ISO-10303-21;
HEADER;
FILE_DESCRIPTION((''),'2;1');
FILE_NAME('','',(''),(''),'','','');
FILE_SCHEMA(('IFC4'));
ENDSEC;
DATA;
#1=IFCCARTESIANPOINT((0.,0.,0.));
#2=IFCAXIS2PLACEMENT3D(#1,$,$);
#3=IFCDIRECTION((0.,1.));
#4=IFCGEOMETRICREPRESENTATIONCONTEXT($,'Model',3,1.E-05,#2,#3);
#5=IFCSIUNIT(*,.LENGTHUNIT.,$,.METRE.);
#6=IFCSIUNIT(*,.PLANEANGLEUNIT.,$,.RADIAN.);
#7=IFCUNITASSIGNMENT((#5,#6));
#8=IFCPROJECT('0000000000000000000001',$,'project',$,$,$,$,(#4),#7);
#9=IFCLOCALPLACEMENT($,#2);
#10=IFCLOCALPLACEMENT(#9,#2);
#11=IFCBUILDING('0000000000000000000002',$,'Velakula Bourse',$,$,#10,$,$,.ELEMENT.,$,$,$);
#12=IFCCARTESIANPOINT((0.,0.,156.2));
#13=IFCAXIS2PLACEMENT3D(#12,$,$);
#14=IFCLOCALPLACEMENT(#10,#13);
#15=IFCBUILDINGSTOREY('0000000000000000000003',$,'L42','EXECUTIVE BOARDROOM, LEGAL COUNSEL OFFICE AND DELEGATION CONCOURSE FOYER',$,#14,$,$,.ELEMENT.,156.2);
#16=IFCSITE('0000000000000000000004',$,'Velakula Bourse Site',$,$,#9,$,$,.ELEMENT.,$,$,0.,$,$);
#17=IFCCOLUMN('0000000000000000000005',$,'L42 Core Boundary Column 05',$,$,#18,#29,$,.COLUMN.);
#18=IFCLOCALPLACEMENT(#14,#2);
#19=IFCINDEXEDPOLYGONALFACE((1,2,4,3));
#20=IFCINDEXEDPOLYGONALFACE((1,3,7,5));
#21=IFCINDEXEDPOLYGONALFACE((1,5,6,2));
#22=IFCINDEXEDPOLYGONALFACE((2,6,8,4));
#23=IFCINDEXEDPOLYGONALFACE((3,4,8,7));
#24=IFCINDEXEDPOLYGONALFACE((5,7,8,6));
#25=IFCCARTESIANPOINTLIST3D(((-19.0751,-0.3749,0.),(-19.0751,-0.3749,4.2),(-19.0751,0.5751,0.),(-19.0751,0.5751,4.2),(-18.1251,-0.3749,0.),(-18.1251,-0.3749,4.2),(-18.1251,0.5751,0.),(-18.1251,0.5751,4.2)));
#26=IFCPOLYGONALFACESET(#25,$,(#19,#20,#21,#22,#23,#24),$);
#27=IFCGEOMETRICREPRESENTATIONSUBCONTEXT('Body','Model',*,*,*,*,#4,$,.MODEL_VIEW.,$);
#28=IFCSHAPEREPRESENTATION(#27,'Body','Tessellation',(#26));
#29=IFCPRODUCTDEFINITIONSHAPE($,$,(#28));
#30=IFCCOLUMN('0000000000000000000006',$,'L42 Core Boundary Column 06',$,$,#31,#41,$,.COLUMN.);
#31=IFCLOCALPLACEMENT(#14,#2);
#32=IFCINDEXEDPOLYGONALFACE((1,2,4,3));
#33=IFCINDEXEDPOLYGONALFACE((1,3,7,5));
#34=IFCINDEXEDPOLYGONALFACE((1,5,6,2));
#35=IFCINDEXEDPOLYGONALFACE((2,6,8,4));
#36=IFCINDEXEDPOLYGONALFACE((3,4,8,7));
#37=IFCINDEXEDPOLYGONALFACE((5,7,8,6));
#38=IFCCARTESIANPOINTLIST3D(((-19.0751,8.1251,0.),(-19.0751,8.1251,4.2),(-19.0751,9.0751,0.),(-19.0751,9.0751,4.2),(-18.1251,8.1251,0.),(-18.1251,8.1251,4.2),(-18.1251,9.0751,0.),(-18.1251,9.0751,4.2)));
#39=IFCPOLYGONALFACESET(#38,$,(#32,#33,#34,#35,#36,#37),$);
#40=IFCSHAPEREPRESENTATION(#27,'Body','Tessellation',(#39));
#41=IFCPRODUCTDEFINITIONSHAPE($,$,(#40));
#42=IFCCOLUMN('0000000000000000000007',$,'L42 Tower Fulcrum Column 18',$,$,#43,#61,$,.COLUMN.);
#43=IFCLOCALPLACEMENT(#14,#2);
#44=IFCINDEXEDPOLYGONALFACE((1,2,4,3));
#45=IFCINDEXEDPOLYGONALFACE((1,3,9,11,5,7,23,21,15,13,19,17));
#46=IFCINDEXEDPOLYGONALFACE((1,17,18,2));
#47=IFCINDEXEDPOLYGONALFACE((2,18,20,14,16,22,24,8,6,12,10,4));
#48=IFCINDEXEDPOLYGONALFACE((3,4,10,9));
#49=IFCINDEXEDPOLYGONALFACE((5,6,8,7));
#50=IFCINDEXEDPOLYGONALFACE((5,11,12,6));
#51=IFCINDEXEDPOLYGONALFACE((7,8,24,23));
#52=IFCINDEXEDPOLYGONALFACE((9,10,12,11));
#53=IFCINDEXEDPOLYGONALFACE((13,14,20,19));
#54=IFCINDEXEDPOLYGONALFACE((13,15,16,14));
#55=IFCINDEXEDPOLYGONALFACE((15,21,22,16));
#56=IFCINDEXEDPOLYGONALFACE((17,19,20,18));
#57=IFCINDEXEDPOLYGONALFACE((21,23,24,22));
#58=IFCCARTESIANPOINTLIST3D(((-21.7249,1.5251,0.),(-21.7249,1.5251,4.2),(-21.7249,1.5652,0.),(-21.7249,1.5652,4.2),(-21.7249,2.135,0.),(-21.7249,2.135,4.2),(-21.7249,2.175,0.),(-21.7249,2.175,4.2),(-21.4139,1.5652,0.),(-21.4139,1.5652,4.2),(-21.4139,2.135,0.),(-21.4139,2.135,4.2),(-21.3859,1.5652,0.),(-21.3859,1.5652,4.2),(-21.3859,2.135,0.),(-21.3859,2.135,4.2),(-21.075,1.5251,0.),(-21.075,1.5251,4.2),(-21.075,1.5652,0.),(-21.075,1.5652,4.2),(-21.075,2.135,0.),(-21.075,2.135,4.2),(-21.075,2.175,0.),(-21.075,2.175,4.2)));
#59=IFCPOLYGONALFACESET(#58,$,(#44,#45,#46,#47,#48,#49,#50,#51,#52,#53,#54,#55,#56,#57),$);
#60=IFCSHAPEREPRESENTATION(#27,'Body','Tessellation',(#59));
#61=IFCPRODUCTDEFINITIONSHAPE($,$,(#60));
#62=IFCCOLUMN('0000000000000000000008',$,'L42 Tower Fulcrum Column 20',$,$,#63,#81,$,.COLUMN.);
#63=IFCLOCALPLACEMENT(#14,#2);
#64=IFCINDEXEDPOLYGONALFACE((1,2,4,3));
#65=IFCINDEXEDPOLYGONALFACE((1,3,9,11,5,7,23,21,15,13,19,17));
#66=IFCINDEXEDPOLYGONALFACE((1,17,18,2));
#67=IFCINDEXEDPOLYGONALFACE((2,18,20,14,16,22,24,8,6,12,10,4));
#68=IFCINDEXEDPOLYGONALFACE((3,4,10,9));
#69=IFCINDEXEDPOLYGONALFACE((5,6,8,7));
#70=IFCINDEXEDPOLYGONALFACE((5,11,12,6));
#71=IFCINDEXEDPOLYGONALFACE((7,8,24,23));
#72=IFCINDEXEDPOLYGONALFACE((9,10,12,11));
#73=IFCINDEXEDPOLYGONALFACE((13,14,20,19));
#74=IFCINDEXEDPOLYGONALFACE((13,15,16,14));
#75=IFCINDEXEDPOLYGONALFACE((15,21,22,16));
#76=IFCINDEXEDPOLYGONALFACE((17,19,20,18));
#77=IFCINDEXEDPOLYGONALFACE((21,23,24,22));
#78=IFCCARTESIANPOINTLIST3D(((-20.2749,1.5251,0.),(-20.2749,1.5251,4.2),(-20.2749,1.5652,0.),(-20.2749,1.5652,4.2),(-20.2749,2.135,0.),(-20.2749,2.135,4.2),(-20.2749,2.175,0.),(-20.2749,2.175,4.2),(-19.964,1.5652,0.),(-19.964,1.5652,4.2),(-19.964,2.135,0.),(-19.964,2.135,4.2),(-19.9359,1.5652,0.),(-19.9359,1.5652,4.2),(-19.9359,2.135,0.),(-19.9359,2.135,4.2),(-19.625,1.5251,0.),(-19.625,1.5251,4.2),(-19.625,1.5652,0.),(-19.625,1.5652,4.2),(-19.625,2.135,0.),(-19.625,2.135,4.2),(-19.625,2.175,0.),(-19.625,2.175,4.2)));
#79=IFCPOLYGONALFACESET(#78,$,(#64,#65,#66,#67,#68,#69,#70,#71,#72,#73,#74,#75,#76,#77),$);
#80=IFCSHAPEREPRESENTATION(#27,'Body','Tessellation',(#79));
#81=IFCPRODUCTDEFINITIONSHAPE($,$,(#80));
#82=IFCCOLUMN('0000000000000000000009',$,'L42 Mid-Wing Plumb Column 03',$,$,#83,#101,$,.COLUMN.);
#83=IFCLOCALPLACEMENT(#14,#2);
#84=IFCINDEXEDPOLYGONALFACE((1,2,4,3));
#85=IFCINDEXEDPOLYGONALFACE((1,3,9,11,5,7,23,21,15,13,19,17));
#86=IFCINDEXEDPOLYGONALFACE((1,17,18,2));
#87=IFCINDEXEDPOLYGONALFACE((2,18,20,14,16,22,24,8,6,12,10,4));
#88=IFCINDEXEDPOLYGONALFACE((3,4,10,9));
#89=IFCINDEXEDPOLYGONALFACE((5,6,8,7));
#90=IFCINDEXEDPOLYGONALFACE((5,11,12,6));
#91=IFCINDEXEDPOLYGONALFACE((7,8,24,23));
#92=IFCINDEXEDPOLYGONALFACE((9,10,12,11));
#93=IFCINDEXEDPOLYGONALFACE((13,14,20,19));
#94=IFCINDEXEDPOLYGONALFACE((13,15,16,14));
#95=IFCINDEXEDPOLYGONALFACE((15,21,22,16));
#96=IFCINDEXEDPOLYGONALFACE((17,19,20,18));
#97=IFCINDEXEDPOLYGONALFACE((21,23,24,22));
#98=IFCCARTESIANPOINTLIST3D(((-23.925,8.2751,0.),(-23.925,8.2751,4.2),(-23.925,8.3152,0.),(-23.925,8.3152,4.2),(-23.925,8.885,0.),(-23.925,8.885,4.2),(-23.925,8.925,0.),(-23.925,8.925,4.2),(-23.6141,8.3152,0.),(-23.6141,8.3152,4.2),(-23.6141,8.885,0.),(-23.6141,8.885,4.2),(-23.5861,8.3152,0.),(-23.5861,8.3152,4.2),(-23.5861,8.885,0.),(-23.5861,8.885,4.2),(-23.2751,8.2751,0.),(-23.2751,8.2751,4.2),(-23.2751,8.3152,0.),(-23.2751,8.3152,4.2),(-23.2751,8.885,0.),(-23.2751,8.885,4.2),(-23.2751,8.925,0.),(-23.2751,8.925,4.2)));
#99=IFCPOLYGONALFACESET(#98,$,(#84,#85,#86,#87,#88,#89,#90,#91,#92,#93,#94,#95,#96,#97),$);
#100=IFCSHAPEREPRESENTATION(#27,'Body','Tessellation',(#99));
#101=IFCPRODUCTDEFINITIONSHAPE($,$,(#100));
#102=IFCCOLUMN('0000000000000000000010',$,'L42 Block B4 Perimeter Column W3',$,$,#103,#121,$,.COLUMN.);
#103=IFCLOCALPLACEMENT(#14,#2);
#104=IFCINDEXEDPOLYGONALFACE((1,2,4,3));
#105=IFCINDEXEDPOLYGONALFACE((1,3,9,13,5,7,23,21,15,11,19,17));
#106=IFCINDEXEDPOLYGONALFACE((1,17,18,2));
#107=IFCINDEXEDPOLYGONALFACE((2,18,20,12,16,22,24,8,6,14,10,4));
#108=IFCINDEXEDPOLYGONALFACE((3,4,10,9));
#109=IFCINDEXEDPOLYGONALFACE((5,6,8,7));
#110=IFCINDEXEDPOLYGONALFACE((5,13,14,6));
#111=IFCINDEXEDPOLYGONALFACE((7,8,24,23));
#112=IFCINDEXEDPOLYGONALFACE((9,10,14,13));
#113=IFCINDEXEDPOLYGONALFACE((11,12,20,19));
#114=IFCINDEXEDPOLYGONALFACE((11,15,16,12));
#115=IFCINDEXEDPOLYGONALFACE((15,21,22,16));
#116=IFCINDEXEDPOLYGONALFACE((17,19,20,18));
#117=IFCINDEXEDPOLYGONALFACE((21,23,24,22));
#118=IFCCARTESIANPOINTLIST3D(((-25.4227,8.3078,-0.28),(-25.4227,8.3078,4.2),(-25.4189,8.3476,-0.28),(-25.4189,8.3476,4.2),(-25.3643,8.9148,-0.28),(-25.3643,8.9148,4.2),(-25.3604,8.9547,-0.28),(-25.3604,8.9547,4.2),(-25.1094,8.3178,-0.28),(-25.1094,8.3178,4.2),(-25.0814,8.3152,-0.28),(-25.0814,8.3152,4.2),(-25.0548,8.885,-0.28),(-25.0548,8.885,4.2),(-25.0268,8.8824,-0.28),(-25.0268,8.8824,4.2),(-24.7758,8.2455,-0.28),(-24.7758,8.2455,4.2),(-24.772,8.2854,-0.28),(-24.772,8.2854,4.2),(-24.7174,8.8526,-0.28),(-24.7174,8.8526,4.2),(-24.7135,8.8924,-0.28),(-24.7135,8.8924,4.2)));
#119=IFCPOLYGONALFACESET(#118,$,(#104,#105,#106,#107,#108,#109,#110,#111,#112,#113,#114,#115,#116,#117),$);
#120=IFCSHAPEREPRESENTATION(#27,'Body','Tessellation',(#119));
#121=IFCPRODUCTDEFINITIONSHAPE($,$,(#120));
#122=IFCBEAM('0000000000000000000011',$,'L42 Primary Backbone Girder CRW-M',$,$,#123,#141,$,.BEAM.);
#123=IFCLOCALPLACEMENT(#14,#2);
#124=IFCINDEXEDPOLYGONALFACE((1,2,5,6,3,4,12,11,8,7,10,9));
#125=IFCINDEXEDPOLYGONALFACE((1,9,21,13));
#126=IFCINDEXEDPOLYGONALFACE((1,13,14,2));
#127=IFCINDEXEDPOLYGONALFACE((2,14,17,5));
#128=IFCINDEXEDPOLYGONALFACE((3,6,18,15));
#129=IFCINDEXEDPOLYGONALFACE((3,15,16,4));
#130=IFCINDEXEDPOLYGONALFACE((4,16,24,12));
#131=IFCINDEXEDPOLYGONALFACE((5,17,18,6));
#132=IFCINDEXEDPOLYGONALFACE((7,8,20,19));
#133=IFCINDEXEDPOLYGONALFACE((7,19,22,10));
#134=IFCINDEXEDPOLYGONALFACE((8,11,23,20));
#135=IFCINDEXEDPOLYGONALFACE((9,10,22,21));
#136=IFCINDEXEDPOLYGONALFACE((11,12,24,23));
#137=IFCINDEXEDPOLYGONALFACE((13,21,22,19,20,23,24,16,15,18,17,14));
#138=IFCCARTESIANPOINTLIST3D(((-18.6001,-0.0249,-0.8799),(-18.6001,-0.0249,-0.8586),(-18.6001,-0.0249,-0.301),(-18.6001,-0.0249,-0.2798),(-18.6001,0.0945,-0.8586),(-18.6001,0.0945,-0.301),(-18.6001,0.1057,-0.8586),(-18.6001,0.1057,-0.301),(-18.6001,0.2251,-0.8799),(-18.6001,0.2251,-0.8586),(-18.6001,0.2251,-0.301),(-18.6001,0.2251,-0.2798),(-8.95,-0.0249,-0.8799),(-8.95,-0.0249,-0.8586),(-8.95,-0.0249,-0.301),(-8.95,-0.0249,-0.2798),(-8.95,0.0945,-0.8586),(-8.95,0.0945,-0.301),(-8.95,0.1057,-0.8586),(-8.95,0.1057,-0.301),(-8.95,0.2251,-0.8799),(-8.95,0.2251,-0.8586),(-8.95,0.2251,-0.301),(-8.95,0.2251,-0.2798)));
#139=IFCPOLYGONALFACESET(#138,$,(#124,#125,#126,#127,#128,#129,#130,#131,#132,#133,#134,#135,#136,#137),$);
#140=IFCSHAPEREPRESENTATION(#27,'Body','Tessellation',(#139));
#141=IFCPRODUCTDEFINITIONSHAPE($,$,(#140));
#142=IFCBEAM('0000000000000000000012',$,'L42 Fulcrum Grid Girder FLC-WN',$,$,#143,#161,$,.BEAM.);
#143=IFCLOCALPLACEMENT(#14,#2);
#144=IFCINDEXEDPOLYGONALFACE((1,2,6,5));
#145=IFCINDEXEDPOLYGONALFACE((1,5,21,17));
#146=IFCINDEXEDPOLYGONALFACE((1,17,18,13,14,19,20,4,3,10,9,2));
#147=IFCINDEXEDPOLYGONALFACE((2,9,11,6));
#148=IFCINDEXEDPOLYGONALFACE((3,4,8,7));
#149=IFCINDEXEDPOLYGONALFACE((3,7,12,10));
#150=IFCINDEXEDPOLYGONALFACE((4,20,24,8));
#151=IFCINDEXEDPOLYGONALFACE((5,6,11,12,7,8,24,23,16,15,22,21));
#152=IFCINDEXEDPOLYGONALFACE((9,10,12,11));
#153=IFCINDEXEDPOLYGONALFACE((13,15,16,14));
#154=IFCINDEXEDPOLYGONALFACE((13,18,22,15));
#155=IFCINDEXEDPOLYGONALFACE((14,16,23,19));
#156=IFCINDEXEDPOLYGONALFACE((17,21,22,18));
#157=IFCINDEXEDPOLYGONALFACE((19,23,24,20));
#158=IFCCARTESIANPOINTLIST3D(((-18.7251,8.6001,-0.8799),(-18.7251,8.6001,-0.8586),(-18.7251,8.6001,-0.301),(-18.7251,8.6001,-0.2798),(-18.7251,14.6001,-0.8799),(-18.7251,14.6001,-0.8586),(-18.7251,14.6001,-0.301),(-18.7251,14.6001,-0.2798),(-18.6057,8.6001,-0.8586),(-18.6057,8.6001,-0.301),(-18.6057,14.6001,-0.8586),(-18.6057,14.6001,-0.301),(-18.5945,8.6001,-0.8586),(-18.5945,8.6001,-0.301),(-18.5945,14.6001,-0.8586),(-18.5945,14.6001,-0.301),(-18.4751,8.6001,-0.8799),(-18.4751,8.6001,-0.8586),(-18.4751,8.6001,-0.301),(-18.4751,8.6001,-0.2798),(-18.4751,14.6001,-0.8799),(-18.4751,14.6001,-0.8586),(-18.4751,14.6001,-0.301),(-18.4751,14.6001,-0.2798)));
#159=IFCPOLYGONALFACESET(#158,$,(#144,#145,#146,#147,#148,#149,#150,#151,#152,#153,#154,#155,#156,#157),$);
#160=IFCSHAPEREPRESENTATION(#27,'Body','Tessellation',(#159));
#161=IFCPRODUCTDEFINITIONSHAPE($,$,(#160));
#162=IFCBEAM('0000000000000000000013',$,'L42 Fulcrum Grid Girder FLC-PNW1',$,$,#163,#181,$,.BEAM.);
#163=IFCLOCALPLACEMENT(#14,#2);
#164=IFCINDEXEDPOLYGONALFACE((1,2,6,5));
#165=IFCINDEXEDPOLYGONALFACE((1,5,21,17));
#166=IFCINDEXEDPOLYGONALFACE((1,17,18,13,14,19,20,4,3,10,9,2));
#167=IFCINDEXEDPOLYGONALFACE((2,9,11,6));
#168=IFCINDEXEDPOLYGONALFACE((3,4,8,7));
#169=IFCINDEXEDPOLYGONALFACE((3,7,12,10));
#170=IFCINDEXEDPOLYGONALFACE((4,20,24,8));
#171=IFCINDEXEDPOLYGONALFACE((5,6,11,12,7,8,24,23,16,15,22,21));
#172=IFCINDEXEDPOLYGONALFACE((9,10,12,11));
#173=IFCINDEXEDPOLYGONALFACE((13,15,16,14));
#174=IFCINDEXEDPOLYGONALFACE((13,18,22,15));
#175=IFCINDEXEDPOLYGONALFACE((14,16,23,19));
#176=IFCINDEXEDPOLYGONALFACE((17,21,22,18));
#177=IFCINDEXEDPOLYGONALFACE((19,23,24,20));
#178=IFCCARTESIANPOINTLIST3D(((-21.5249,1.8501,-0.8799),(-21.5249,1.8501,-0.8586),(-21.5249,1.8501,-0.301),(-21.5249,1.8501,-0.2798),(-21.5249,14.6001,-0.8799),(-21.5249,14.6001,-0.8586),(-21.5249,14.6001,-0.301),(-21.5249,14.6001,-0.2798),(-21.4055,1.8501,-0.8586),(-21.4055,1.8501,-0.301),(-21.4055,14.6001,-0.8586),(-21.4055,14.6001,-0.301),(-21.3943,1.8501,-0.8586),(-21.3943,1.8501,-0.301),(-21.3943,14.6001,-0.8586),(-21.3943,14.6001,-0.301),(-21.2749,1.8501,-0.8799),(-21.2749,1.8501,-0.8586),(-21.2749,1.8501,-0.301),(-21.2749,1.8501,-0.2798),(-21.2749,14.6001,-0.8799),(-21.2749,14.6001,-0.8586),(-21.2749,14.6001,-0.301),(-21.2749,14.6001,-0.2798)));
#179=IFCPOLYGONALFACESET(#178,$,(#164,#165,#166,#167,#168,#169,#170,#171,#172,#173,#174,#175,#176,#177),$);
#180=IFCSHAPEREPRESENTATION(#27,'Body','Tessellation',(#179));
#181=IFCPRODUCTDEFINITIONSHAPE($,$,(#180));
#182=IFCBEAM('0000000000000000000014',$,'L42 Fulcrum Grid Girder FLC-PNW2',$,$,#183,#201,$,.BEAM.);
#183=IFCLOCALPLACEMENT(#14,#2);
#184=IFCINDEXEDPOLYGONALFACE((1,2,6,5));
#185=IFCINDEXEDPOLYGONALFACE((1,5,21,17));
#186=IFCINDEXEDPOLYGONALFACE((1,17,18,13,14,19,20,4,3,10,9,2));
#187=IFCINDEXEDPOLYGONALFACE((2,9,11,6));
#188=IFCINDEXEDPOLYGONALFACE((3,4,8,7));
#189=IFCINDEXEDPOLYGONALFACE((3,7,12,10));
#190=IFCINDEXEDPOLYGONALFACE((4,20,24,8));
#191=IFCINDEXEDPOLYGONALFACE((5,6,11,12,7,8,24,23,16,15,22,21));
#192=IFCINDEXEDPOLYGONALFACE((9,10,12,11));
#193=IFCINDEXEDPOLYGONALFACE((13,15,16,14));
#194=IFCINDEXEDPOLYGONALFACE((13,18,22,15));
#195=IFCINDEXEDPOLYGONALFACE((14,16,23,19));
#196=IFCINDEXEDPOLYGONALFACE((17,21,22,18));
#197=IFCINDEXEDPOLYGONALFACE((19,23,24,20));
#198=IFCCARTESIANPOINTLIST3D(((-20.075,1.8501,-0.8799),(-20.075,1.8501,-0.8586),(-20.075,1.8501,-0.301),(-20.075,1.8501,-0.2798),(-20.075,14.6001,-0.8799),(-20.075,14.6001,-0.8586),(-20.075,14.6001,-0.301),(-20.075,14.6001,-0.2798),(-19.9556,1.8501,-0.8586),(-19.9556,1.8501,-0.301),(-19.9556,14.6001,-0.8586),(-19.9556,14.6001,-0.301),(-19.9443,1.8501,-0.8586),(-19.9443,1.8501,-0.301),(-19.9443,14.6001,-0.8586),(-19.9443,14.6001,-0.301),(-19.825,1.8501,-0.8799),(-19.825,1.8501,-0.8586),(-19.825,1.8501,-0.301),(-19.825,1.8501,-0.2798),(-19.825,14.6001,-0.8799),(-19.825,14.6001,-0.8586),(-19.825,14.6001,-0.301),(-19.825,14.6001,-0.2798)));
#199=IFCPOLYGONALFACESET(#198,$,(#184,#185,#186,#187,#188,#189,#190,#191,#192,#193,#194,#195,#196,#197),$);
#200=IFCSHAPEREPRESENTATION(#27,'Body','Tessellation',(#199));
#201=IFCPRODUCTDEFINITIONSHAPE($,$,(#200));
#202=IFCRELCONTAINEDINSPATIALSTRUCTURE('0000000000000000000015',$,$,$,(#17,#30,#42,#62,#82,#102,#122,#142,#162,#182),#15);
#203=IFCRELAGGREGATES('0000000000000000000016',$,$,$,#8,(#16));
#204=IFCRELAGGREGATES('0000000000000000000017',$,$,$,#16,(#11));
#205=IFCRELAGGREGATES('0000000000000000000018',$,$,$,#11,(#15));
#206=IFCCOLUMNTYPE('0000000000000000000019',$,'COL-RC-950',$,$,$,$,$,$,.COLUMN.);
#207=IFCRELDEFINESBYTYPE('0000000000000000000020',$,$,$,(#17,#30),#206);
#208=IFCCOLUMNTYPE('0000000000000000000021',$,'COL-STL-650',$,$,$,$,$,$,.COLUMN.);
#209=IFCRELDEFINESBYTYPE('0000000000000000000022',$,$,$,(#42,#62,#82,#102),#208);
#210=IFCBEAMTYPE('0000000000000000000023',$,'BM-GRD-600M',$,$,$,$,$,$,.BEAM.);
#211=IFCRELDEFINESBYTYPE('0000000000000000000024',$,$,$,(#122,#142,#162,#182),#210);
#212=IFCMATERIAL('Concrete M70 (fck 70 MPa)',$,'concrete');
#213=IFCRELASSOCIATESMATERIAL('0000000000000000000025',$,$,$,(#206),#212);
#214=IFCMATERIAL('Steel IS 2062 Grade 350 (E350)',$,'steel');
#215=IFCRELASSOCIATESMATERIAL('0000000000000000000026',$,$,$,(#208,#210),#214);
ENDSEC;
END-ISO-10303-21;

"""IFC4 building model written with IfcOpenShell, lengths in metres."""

from ifc_helpers import new_model, si_unit, direction, frame, origin, origin_2d, place, context, subcontext, project, spatial, rectangle, i_section, extrude, material, material_profile, profile_set, type_object, element, save


model = new_model("IFC4")

# Units and contexts
model_context = context("Model", 3, precision=1e-05, world=origin(), true_north=direction((0.0, 1.0)))
body_context = subcontext(model_context, "Body", "Model", "MODEL_VIEW")
ifc_project = project(units=[si_unit("LENGTHUNIT", "METRE"), si_unit("PLANEANGLEUNIT", "RADIAN")], contexts=[model_context])

# Site, building, storey
site_placement = place(None, origin())
site = spatial("IfcSite", under=ifc_project, at=site_placement, Name="Velakula Bourse Site", CompositionType="ELEMENT", RefElevation=0.0)
building_placement = place(site_placement, origin())
building = spatial("IfcBuilding", under=site, at=building_placement, Name="Velakula Bourse", CompositionType="ELEMENT")
storey_placement = place(building_placement, frame((0.0, 0.0, 156.2)))
storey = spatial("IfcBuildingStorey", under=building, at=storey_placement, Name="L42", Description="EXECUTIVE BOARDROOM, LEGAL COUNSEL OFFICE AND DELEGATION CONCOURSE FOYER", CompositionType="ELEMENT", Elevation=156.2)

# Columns
ifc_material_1 = material(Name="Concrete M70 (fck 70 MPa)", Category="concrete")
ifc_material_profile_1 = material_profile(ifc_material_1, rectangle(XDim=0.95, YDim=0.95, at=origin_2d()), Name="Concrete M70 (fck 70 MPa)")
ifc_profile_set_1 = profile_set([ifc_material_profile_1], Name="Concrete M70 (fck 70 MPa)")
column_type_1 = type_object("IfcColumnType", Name="COL-RC-950", PredefinedType="COLUMN", material=ifc_profile_set_1)
for number, where, z_axis, x_axis, name in (
    (1, (-18.6001, 0.1001, 0.0), (0.0, 0.0, 1.0), (1.0, 0.0, 0.0), "L42 Core Boundary Column 05"),
    (2, (-18.6001, 8.6001, 0.0), (0.0, 0.0, 1.0), (1.0, 0.0, 0.0), "L42 Core Boundary Column 06"),
):
    element("IfcColumn", number, at=place(storey_placement, frame(where, z_axis=z_axis, x_axis=x_axis)), inside=storey, type_object=column_type_1, Name=name, PredefinedType="COLUMN", context=body_context, shape_type="SweptSolid", body=[
        extrude(rectangle(XDim=0.95, YDim=0.95, at=origin_2d()), origin(), (0.0, 0.0, 1.0), 4.2),
    ])
ifc_material_2 = material(Name="Steel IS 2062 Grade 350 (E350)", Category="steel")
ifc_material_profile_2 = material_profile(ifc_material_2, i_section(OverallWidth=0.6499, OverallDepth=0.6499, WebThickness=0.0281, FlangeThickness=0.04, at=origin_2d()), Name="Steel IS 2062 Grade 350 (E350)")
ifc_profile_set_2 = profile_set([ifc_material_profile_2], Name="Steel IS 2062 Grade 350 (E350)")
column_type_2 = type_object("IfcColumnType", Name="COL-STL-650", PredefinedType="COLUMN", material=ifc_profile_set_2)
for number, where, z_axis, x_axis, name in (
    (3, (-21.3999, 1.8501, 0.0), (0.0, 0.0, 1.0), (1.0, 0.0, 0.0), "L42 Tower Fulcrum Column 18"),
    (4, (-19.95, 1.8501, 0.0), (0.0, 0.0, 1.0), (1.0, 0.0, 0.0), "L42 Tower Fulcrum Column 20"),
    (5, (-23.6001, 8.6001, 0.0), (0.0, 0.0, 1.0), (1.0, 0.0, 0.0), "L42 Mid-Wing Plumb Column 03"),
):
    element("IfcColumn", number, at=place(storey_placement, frame(where, z_axis=z_axis, x_axis=x_axis)), inside=storey, type_object=column_type_2, Name=name, PredefinedType="COLUMN", context=body_context, shape_type="SweptSolid", body=[
        extrude(i_section(OverallWidth=0.6499, OverallDepth=0.6499, WebThickness=0.0281, FlangeThickness=0.04, at=origin_2d()), origin(), (0.0, 0.0, 1.0), 4.2),
    ])
column_placement = place(storey_placement, frame((-25.0681, 8.6001, -0.28), z_axis=(0.0, 0.0, 1.0), x_axis=(0.995396, -0.095846, 0.0)))
element("IfcColumn", 6, at=column_placement, inside=storey, type_object=column_type_2, Name="L42 Block B4 Perimeter Column W3", PredefinedType="COLUMN", context=body_context, shape_type="SweptSolid", body=[
    extrude(i_section(OverallWidth=0.6499, OverallDepth=0.6499, WebThickness=0.0281, FlangeThickness=0.04, at=origin_2d()), origin(), (0.0, 0.0, 1.0), 4.48),
])

# Beams
ifc_material_profile_3 = material_profile(ifc_material_2, i_section(OverallWidth=0.25, OverallDepth=0.6001, WebThickness=0.0112, FlangeThickness=0.0212, at=origin_2d()), Name="Steel IS 2062 Grade 350 (E350)")
ifc_profile_set_3 = profile_set([ifc_material_profile_3], Name="Steel IS 2062 Grade 350 (E350)")
beam_type_1 = type_object("IfcBeamType", Name="BM-GRD-600M", PredefinedType="BEAM", material=ifc_profile_set_3)
beam_1_placement = place(storey_placement, frame((-18.6001, 0.1001, -0.5798), z_axis=(1.0, 0.0, 0.0), x_axis=(0.0, 1.0, 0.0)))
element("IfcBeam", 7, at=beam_1_placement, inside=storey, type_object=beam_type_1, Name="L42 Primary Backbone Girder CRW-M", PredefinedType="BEAM", context=body_context, shape_type="SweptSolid", body=[
    extrude(i_section(OverallWidth=0.25, OverallDepth=0.6001, WebThickness=0.0112, FlangeThickness=0.0212, at=origin_2d()), origin(), (0.0, 0.0, 1.0), 9.6501),
])
beam_2_placement = place(storey_placement, frame((-18.6001, 8.6001, -0.5798), z_axis=(0.0, 1.0, 0.0), x_axis=(-1.0, 0.0, 0.0)))
element("IfcBeam", 8, at=beam_2_placement, inside=storey, type_object=beam_type_1, Name="L42 Fulcrum Grid Girder FLC-WN", PredefinedType="BEAM", context=body_context, shape_type="SweptSolid", body=[
    extrude(i_section(OverallWidth=0.25, OverallDepth=0.6001, WebThickness=0.0112, FlangeThickness=0.0212, at=origin_2d()), origin(), (0.0, 0.0, 1.0), 6.0),
])
for number, where, z_axis, x_axis, name in (
    (9, (-21.3999, 1.8501, -0.5798), (0.0, 1.0, 0.0), (-1.0, 0.0, 0.0), "L42 Fulcrum Grid Girder FLC-PNW1"),
    (10, (-19.95, 1.8501, -0.5798), (0.0, 1.0, 0.0), (-1.0, 0.0, 0.0), "L42 Fulcrum Grid Girder FLC-PNW2"),
):
    element("IfcBeam", number, at=place(storey_placement, frame(where, z_axis=z_axis, x_axis=x_axis)), inside=storey, type_object=beam_type_1, Name=name, PredefinedType="BEAM", context=body_context, shape_type="SweptSolid", body=[
        extrude(i_section(OverallWidth=0.25, OverallDepth=0.6001, WebThickness=0.0112, FlangeThickness=0.0212, at=origin_2d()), origin(), (0.0, 0.0, 1.0), 12.75),
    ])

save(model, "model.ifc")
